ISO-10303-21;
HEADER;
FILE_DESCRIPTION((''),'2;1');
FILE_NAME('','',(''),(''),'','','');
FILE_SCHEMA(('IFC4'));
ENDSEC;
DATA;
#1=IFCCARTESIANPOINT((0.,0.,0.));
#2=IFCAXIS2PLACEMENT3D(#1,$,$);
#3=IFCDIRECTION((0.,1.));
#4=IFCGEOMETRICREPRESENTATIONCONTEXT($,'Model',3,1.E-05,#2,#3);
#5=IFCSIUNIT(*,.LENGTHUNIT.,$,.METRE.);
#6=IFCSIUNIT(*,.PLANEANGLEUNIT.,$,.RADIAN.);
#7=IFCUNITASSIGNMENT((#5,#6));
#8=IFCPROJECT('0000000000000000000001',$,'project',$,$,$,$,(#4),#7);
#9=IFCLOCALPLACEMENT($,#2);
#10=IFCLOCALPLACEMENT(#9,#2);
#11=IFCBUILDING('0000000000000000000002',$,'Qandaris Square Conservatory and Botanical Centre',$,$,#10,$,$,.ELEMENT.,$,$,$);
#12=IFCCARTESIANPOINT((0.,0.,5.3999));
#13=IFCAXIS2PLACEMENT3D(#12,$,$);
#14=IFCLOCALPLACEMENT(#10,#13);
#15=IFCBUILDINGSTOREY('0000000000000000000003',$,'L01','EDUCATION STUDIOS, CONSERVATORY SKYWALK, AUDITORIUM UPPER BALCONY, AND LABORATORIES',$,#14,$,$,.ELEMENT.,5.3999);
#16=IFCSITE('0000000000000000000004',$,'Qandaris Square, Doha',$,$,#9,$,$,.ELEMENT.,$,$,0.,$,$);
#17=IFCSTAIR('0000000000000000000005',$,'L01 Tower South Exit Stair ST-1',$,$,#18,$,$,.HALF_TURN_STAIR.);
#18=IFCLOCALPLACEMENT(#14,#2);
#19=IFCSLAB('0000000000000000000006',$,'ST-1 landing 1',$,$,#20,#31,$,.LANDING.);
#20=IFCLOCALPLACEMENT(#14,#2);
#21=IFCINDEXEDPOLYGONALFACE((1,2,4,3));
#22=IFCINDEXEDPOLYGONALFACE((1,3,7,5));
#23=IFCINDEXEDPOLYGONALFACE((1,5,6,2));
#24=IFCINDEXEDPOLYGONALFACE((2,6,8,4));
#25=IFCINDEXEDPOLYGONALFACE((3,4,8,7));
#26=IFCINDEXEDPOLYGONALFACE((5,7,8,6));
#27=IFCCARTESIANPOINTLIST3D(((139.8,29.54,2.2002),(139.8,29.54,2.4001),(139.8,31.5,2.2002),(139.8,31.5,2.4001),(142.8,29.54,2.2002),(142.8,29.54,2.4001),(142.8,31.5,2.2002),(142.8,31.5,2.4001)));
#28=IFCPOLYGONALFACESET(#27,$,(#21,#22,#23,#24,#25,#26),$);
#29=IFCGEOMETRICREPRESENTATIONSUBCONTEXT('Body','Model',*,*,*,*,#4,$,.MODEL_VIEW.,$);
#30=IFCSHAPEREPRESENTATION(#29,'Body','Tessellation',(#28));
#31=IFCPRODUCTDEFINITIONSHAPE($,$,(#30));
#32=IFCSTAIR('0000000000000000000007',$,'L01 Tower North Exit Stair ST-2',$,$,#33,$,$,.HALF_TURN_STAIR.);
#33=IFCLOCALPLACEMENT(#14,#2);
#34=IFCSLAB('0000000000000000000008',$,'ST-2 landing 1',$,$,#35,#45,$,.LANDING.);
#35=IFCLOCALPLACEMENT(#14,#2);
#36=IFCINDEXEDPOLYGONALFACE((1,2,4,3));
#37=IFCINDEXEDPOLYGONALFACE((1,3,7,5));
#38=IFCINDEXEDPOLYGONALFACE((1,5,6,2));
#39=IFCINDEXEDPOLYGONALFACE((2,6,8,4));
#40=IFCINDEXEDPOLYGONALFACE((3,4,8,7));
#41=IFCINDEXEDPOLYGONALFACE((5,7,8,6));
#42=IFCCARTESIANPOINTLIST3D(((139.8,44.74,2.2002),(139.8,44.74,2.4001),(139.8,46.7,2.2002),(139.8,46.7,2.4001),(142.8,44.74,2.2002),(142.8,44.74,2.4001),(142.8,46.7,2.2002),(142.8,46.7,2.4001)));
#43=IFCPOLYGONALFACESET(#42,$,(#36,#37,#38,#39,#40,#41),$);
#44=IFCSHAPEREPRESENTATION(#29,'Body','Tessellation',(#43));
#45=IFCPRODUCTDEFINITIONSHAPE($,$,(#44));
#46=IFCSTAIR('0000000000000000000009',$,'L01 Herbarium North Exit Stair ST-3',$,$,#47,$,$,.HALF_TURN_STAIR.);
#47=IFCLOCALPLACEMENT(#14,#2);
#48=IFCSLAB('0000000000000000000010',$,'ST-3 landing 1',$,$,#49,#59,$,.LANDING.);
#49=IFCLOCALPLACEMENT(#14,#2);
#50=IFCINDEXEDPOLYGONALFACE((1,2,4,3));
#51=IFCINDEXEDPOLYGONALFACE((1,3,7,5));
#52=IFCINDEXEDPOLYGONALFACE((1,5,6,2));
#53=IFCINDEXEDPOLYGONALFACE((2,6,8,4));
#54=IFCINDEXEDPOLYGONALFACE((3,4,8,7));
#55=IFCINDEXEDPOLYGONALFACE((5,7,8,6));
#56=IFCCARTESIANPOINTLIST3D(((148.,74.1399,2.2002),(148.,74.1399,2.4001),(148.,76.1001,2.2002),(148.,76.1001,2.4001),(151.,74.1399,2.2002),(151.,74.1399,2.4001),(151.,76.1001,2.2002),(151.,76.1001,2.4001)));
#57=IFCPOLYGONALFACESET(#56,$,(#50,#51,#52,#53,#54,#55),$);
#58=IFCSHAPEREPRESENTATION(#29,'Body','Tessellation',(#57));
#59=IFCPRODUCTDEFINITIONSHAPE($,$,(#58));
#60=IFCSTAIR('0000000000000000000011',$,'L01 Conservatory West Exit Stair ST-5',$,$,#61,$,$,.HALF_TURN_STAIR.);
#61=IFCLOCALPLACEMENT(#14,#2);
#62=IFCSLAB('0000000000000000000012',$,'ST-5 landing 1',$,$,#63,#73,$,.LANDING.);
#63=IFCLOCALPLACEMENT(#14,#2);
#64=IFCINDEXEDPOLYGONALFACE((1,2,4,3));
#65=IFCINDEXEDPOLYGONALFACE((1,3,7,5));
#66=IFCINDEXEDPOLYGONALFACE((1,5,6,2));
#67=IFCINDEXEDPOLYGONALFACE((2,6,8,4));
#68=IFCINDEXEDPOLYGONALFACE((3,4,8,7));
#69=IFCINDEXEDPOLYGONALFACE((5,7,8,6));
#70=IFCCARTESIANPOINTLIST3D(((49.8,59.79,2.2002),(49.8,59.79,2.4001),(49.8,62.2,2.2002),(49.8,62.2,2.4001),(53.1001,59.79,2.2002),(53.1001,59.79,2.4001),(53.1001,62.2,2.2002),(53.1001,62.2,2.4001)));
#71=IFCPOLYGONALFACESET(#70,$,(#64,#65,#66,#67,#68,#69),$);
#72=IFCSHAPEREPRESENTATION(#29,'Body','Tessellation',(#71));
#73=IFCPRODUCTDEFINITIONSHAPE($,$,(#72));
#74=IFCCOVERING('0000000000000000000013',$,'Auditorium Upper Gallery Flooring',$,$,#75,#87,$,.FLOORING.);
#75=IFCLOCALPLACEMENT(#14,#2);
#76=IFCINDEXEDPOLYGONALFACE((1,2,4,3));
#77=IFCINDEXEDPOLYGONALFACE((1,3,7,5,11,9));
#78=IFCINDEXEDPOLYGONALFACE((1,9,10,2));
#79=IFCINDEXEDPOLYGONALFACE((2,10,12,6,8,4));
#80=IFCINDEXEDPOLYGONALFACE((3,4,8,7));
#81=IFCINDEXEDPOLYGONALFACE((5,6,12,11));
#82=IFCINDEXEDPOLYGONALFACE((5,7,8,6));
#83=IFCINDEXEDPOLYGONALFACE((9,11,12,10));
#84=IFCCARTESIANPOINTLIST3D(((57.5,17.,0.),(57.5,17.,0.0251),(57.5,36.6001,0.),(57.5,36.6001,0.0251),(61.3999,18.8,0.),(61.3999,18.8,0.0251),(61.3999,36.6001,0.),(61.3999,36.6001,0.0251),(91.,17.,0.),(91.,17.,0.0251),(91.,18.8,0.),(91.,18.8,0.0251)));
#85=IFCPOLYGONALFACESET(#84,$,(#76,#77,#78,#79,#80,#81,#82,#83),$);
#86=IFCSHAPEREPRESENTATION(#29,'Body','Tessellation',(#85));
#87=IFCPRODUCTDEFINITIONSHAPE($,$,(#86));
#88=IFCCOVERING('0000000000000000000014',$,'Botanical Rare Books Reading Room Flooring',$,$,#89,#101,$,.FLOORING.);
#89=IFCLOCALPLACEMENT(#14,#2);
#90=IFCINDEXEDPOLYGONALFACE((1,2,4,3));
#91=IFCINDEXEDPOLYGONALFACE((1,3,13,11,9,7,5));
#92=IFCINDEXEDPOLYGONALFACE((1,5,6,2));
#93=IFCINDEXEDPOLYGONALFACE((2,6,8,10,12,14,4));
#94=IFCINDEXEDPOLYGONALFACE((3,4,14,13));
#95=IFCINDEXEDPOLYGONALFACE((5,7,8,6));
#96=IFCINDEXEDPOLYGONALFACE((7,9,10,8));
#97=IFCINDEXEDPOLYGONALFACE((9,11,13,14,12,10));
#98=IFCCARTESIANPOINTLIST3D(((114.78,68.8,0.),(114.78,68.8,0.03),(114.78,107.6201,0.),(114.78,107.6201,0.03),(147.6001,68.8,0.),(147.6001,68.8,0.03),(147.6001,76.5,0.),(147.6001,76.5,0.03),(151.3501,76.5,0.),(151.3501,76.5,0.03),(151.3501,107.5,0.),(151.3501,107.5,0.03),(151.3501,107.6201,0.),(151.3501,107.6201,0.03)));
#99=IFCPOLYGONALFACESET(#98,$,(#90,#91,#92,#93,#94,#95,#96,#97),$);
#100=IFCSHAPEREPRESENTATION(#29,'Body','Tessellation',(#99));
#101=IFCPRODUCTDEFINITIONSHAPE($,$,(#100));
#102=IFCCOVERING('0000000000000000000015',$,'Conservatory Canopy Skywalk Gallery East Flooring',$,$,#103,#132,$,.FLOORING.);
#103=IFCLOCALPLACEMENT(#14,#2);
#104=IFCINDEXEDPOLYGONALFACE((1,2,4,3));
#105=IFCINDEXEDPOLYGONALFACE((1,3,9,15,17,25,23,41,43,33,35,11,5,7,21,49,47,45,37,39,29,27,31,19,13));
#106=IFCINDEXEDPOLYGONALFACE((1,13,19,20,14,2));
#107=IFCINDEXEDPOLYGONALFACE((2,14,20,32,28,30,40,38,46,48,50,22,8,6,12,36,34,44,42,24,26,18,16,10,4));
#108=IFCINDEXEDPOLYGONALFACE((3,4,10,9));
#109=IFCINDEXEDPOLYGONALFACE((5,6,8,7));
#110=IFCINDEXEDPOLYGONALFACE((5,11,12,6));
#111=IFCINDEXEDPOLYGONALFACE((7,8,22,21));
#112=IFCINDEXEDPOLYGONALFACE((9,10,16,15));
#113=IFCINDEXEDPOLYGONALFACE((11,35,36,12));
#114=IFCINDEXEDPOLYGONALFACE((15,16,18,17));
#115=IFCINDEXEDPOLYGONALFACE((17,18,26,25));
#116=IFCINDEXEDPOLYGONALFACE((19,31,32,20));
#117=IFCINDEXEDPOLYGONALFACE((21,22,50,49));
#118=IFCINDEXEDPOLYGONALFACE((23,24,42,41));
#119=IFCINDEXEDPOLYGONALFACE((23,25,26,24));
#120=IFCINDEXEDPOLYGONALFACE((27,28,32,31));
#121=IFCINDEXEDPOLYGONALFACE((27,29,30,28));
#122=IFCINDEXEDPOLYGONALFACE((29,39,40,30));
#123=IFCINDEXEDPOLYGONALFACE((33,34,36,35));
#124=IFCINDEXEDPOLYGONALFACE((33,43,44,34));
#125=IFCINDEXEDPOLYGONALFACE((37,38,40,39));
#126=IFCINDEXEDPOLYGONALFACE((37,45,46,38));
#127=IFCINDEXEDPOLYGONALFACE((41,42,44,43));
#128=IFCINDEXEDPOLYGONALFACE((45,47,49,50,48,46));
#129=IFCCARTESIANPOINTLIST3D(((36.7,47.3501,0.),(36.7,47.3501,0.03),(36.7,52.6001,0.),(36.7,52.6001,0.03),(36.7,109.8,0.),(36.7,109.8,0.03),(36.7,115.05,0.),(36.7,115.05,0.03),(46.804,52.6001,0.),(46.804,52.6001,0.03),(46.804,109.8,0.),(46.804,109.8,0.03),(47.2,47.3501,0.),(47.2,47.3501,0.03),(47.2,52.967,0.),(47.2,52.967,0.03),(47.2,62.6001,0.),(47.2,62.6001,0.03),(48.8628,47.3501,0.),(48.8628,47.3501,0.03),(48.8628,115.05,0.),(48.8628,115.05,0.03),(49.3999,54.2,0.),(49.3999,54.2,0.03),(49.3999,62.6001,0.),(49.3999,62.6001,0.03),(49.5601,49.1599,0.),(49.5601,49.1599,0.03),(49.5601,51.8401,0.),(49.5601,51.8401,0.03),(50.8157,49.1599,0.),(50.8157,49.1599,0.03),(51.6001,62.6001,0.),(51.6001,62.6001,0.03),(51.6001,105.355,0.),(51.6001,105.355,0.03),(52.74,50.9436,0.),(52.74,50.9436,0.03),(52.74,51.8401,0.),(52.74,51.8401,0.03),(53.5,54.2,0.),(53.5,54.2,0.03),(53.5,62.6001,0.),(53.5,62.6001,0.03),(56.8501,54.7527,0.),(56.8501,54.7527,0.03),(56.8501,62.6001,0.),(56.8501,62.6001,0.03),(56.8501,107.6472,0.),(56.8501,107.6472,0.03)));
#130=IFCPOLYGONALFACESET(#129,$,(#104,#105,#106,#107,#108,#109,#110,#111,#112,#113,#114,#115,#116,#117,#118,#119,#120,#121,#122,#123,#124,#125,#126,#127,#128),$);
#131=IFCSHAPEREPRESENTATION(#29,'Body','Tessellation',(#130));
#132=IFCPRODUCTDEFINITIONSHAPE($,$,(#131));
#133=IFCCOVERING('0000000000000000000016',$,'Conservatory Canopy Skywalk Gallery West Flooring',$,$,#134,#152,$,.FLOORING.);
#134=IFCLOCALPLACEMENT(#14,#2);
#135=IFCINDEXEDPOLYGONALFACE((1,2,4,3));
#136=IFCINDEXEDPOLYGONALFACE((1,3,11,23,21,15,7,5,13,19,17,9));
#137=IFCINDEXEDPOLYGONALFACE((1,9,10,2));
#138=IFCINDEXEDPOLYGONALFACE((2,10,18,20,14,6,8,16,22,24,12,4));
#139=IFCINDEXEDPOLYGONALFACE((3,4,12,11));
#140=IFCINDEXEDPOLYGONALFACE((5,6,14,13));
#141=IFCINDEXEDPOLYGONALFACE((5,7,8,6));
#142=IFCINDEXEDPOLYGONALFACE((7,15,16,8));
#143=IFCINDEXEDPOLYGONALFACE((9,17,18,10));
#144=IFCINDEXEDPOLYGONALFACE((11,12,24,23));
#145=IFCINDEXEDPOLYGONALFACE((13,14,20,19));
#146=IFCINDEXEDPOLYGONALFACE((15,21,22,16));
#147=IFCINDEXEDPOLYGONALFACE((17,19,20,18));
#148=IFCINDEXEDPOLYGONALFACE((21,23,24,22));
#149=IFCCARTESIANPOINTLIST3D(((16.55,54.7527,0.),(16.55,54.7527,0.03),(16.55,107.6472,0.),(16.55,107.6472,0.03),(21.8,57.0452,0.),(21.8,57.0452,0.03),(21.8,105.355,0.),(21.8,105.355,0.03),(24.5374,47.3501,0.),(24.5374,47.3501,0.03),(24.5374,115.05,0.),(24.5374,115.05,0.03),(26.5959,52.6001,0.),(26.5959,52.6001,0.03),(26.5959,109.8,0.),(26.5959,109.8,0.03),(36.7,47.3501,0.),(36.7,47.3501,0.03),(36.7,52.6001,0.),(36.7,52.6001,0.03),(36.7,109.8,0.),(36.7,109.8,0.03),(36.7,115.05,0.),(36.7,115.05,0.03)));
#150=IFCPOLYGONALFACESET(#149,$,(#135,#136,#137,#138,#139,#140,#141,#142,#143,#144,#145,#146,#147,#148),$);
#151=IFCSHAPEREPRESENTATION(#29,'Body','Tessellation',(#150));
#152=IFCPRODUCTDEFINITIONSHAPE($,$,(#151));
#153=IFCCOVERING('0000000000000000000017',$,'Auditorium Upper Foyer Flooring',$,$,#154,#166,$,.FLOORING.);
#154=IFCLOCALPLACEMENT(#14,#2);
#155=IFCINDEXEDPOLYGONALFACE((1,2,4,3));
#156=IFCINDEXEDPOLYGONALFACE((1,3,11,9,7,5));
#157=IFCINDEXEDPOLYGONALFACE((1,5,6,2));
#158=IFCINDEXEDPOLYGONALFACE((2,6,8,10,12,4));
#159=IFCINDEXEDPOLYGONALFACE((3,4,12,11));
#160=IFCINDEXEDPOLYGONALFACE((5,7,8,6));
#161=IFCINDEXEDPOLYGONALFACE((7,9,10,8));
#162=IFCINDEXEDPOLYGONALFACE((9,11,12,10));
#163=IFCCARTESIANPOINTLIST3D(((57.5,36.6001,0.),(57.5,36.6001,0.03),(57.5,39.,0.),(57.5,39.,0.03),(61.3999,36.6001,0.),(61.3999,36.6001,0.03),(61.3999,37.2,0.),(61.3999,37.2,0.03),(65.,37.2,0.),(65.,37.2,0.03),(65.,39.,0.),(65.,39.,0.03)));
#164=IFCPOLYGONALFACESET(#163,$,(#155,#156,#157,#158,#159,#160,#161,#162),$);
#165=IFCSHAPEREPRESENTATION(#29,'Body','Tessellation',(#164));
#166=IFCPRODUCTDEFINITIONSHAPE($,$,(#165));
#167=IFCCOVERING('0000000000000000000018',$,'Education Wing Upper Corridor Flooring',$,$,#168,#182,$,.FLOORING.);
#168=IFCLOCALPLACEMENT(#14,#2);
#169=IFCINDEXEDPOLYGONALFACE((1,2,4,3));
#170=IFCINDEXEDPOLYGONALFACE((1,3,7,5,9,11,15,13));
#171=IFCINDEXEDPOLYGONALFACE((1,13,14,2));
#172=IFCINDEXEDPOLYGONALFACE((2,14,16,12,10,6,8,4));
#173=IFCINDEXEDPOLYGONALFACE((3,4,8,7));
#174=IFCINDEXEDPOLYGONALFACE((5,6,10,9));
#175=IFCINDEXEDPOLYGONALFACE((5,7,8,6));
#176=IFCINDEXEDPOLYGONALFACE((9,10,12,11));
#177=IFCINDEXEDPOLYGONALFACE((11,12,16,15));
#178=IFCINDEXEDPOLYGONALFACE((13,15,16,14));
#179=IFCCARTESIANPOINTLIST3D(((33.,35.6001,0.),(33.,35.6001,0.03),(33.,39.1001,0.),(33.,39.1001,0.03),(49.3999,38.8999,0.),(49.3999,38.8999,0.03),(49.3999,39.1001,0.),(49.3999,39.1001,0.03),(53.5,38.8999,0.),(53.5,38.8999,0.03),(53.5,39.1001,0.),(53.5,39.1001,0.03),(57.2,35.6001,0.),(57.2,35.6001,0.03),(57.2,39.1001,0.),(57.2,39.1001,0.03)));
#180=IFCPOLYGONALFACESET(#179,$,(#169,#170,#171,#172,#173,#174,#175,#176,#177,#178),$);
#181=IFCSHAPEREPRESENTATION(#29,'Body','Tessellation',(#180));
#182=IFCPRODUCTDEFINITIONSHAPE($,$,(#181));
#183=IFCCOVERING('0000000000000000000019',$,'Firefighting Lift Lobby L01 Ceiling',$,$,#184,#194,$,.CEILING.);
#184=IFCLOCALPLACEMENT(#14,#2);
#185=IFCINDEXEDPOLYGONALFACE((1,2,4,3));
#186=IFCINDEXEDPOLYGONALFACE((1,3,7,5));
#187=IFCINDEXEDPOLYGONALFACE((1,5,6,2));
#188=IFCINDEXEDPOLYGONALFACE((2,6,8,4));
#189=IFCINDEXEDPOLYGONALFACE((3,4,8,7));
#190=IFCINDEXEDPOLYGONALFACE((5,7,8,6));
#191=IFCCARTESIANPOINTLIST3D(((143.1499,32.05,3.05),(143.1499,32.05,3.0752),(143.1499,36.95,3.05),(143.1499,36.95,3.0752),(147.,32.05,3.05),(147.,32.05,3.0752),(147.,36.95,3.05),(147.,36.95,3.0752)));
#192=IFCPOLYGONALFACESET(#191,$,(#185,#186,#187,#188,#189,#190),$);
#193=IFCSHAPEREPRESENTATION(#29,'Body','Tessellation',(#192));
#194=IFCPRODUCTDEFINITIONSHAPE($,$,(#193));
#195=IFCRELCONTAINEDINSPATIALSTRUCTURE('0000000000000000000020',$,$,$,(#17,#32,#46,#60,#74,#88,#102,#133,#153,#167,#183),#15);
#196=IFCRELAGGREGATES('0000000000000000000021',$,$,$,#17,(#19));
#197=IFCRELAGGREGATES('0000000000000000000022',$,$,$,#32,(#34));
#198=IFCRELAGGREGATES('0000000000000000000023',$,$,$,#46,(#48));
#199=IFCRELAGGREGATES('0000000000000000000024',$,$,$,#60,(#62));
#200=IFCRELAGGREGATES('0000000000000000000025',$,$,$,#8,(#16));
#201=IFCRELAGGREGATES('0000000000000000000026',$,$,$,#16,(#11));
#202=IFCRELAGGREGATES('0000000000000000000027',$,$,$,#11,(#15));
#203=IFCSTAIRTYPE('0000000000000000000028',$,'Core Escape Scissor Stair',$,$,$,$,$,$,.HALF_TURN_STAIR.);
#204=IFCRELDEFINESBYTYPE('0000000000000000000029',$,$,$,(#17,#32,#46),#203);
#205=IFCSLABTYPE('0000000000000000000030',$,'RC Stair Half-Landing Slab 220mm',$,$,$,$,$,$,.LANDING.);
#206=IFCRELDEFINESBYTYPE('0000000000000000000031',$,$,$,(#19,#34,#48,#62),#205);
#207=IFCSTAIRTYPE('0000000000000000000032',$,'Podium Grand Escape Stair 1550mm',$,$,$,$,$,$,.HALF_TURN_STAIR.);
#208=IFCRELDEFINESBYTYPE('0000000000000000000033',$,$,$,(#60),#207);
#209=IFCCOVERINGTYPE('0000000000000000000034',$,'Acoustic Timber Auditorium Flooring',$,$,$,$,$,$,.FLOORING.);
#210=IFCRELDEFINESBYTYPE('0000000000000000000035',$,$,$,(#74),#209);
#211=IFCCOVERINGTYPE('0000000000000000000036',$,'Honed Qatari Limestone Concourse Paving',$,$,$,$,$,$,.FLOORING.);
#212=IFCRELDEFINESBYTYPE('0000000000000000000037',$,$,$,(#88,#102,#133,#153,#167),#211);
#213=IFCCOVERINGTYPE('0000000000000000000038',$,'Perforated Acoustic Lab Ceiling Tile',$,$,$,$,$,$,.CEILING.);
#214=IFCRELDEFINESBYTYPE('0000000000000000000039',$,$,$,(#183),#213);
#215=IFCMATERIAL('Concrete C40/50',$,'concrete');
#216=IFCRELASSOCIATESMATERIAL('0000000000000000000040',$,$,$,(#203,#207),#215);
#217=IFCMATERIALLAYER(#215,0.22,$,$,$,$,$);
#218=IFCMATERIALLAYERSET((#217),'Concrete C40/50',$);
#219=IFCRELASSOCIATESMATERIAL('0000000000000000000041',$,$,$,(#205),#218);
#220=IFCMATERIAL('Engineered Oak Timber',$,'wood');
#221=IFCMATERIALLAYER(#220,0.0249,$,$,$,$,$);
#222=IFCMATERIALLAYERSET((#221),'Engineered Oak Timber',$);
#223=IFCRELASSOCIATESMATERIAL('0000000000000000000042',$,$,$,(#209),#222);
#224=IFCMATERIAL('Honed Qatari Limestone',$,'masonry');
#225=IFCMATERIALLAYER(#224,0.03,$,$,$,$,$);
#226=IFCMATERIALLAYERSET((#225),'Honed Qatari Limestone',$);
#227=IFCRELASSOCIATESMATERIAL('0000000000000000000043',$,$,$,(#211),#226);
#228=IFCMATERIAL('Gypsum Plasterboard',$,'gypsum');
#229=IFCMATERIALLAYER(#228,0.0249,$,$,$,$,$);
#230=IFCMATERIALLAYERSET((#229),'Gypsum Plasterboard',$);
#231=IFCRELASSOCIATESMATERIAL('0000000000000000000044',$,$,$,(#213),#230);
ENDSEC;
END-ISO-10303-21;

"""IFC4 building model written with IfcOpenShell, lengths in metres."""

from ifc_helpers import new_model, si_unit, direction, frame, origin, place, context, subcontext, project, spatial, polyline, outline, extrude, material, layer, layer_set, type_object, element, aggregate, save


model = new_model("IFC4")

# Units and contexts
model_context = context("Model", 3, precision=1e-05, world=origin(), true_north=direction((0.0, 1.0)))
body_context = subcontext(model_context, "Body", "Model", "MODEL_VIEW")
ifc_project = project(units=[si_unit("LENGTHUNIT", "METRE"), si_unit("PLANEANGLEUNIT", "RADIAN")], contexts=[model_context])

# Site, building, storey
site_placement = place(None, origin())
site = spatial("IfcSite", under=ifc_project, at=site_placement, Name="Qandaris Square, Doha", CompositionType="ELEMENT", RefElevation=0.0)
building_placement = place(site_placement, origin())
building = spatial("IfcBuilding", under=site, at=building_placement, Name="Qandaris Square Conservatory and Botanical Centre", CompositionType="ELEMENT")
storey_placement = place(building_placement, frame((0.0, 0.0, 5.3999)))
storey = spatial("IfcBuildingStorey", under=building, at=storey_placement, Name="L01", Description="EDUCATION STUDIOS, CONSERVATORY SKYWALK, AUDITORIUM UPPER BALCONY, AND LABORATORIES", CompositionType="ELEMENT", Elevation=5.3999)

# Stairs, slabs
ifc_material_1 = material(Name="Concrete C40/50", Category="concrete")
stair_type_1 = type_object("IfcStairType", Name="Core Escape Scissor Stair", PredefinedType="HALF_TURN_STAIR", material=ifc_material_1)
stair_1_placement = place(storey_placement, origin())
stair_1 = element("IfcStair", 1, at=stair_1_placement, inside=storey, type_object=stair_type_1, Name="L01 Tower South Exit Stair ST-1", PredefinedType="HALF_TURN_STAIR")
ifc_layer_1 = layer(ifc_material_1, 0.22)
ifc_layer_set_1 = layer_set([ifc_layer_1], Name="Concrete C40/50")
slab_type = type_object("IfcSlabType", Name="RC Stair Half-Landing Slab 220mm", PredefinedType="LANDING", material=ifc_layer_set_1)
slab_1_placement = place(storey_placement, frame((0.0, 0.0, 2.2002)))
slab_1 = element("IfcSlab", 2, at=slab_1_placement, type_object=slab_type, Name="ST-1 landing 1", PredefinedType="LANDING", context=body_context, shape_type="SweptSolid", body=[
    extrude(outline(polyline([(142.8, 29.54), (142.8, 31.5), (139.8, 31.5), (139.8, 29.54), (142.8, 29.54)])), origin(), (0.0, 0.0, 1.0), 0.2),
])
aggregate(stair_1, [slab_1])
stair_2_placement = place(storey_placement, origin())
stair_2 = element("IfcStair", 3, at=stair_2_placement, inside=storey, type_object=stair_type_1, Name="L01 Tower North Exit Stair ST-2", PredefinedType="HALF_TURN_STAIR")
slab_2_placement = place(storey_placement, frame((0.0, 0.0, 2.2002)))
slab_2 = element("IfcSlab", 4, at=slab_2_placement, type_object=slab_type, Name="ST-2 landing 1", PredefinedType="LANDING", context=body_context, shape_type="SweptSolid", body=[
    extrude(outline(polyline([(142.8, 44.74), (142.8, 46.7), (139.8, 46.7), (139.8, 44.74), (142.8, 44.74)])), origin(), (0.0, 0.0, 1.0), 0.2),
])
aggregate(stair_2, [slab_2])
stair_3_placement = place(storey_placement, origin())
stair_3 = element("IfcStair", 5, at=stair_3_placement, inside=storey, type_object=stair_type_1, Name="L01 Herbarium North Exit Stair ST-3", PredefinedType="HALF_TURN_STAIR")
slab_3_placement = place(storey_placement, frame((0.0, 0.0, 2.2002)))
slab_3 = element("IfcSlab", 6, at=slab_3_placement, type_object=slab_type, Name="ST-3 landing 1", PredefinedType="LANDING", context=body_context, shape_type="SweptSolid", body=[
    extrude(outline(polyline([(151.0, 74.1399), (151.0, 76.1001), (148.0, 76.1001), (148.0, 74.1399), (151.0, 74.1399)])), origin(), (0.0, 0.0, 1.0), 0.2),
])
aggregate(stair_3, [slab_3])
stair_type_2 = type_object("IfcStairType", Name="Podium Grand Escape Stair 1550mm", PredefinedType="HALF_TURN_STAIR", material=ifc_material_1)
stair_4_placement = place(storey_placement, origin())
stair_4 = element("IfcStair", 7, at=stair_4_placement, inside=storey, type_object=stair_type_2, Name="L01 Conservatory West Exit Stair ST-5", PredefinedType="HALF_TURN_STAIR")
slab_4_placement = place(storey_placement, frame((0.0, 0.0, 2.2002)))
slab_4 = element("IfcSlab", 8, at=slab_4_placement, type_object=slab_type, Name="ST-5 landing 1", PredefinedType="LANDING", context=body_context, shape_type="SweptSolid", body=[
    extrude(outline(polyline([(53.1001, 59.79), (53.1001, 62.2), (49.8, 62.2), (49.8, 59.79), (53.1001, 59.79)])), origin(), (0.0, 0.0, 1.0), 0.2),
])
aggregate(stair_4, [slab_4])

# Coverings
ifc_material_2 = material(Name="Engineered Oak Timber", Category="wood")
ifc_layer_2 = layer(ifc_material_2, 0.0249)
ifc_layer_set_2 = layer_set([ifc_layer_2], Name="Engineered Oak Timber")
covering_type_1 = type_object("IfcCoveringType", Name="Acoustic Timber Auditorium Flooring", PredefinedType="FLOORING", material=ifc_layer_set_2)
covering_1_placement = place(storey_placement, origin())
element("IfcCovering", 9, at=covering_1_placement, inside=storey, type_object=covering_type_1, Name="Auditorium Upper Gallery Flooring", PredefinedType="FLOORING", context=body_context, shape_type="SweptSolid", body=[
    extrude(outline(polyline([(91.0, 18.8), (91.0, 17.0), (57.5, 17.0), (57.5, 36.6001), (61.3999, 36.6001), (61.3999, 18.8), (91.0, 18.8)])), origin(), (0.0, 0.0, 1.0), 0.0251),
])
ifc_material_3 = material(Name="Honed Qatari Limestone", Category="masonry")
ifc_layer_3 = layer(ifc_material_3, 0.03)
ifc_layer_set_3 = layer_set([ifc_layer_3], Name="Honed Qatari Limestone")
covering_type_2 = type_object("IfcCoveringType", Name="Honed Qatari Limestone Concourse Paving", PredefinedType="FLOORING", material=ifc_layer_set_3)
covering_2_placement = place(storey_placement, origin())
element("IfcCovering", 10, at=covering_2_placement, inside=storey, type_object=covering_type_2, Name="Botanical Rare Books Reading Room Flooring", PredefinedType="FLOORING", context=body_context, shape_type="SweptSolid", body=[
    extrude(outline(polyline([(151.3501, 107.5), (151.3501, 76.5), (147.6001, 76.5), (147.6001, 68.8), (114.78, 68.8), (114.78, 107.6201), (151.3501, 107.6201), (151.3501, 107.5)])), origin(), (0.0, 0.0, 1.0), 0.03),
])
covering_3_placement = place(storey_placement, origin())
element("IfcCovering", 11, at=covering_3_placement, inside=storey, type_object=covering_type_2, Name="Conservatory Canopy Skywalk Gallery East Flooring", PredefinedType="FLOORING", context=body_context, shape_type="SweptSolid", body=[
    extrude(outline(polyline([(36.7, 52.6001), (46.804, 52.6001), (47.2, 52.967), (47.2, 62.6001), (49.3999, 62.6001), (49.3999, 54.2), (53.5, 54.2), (53.5, 62.6001), (51.6001, 62.6001), (51.6001, 105.355), (46.804, 109.8), (36.7, 109.8), (36.7, 115.05), (48.8628, 115.05), (56.8501, 107.6472), (56.8501, 62.6001), (56.8501, 54.7527), (52.74, 50.9436), (52.74, 51.8401), (49.5601, 51.8401), (49.5601, 49.1599), (50.8157, 49.1599), (48.8628, 47.3501), (47.2, 47.3501), (36.7, 47.3501), (36.7, 52.6001)])), origin(), (0.0, 0.0, 1.0), 0.03),
])
covering_4_placement = place(storey_placement, origin())
element("IfcCovering", 12, at=covering_4_placement, inside=storey, type_object=covering_type_2, Name="Conservatory Canopy Skywalk Gallery West Flooring", PredefinedType="FLOORING", context=body_context, shape_type="SweptSolid", body=[
    extrude(outline(polyline([(16.55, 107.6472), (24.5374, 115.05), (36.7, 115.05), (36.7, 109.8), (26.5959, 109.8), (21.8, 105.355), (21.8, 57.0452), (26.5959, 52.6001), (36.7, 52.6001), (36.7, 47.3501), (24.5374, 47.3501), (16.55, 54.7527), (16.55, 107.6472)])), origin(), (0.0, 0.0, 1.0), 0.03),
])
covering_5_placement = place(storey_placement, origin())
element("IfcCovering", 13, at=covering_5_placement, inside=storey, type_object=covering_type_2, Name="Auditorium Upper Foyer Flooring", PredefinedType="FLOORING", context=body_context, shape_type="SweptSolid", body=[
    extrude(outline(polyline([(65.0, 37.2), (61.3999, 37.2), (61.3999, 36.6001), (57.5, 36.6001), (57.5, 39.0), (65.0, 39.0), (65.0, 37.2)])), origin(), (0.0, 0.0, 1.0), 0.03),
])
covering_6_placement = place(storey_placement, origin())
element("IfcCovering", 14, at=covering_6_placement, inside=storey, type_object=covering_type_2, Name="Education Wing Upper Corridor Flooring", PredefinedType="FLOORING", context=body_context, shape_type="SweptSolid", body=[
    extrude(outline(polyline([(57.2, 35.6001), (33.0, 35.6001), (33.0, 39.1001), (49.3999, 39.1001), (49.3999, 38.8999), (53.5, 38.8999), (53.5, 39.1001), (57.2, 39.1001), (57.2, 35.6001)])), origin(), (0.0, 0.0, 1.0), 0.03),
])
ifc_material_4 = material(Name="Gypsum Plasterboard", Category="gypsum")
ifc_layer_4 = layer(ifc_material_4, 0.0249)
ifc_layer_set_4 = layer_set([ifc_layer_4], Name="Gypsum Plasterboard")
covering_type_3 = type_object("IfcCoveringType", Name="Perforated Acoustic Lab Ceiling Tile", PredefinedType="CEILING", material=ifc_layer_set_4)
covering_7_placement = place(storey_placement, frame((0.0, 0.0, 3.05)))
element("IfcCovering", 15, at=covering_7_placement, inside=storey, type_object=covering_type_3, Name="Firefighting Lift Lobby L01 Ceiling", PredefinedType="CEILING", context=body_context, shape_type="SweptSolid", body=[
    extrude(outline(polyline([(143.1499, 36.95), (147.0, 36.95), (147.0, 32.05), (143.1499, 32.05), (143.1499, 36.95)])), origin(), (0.0, 0.0, 1.0), 0.0251),
])

save(model, "model.ifc")
